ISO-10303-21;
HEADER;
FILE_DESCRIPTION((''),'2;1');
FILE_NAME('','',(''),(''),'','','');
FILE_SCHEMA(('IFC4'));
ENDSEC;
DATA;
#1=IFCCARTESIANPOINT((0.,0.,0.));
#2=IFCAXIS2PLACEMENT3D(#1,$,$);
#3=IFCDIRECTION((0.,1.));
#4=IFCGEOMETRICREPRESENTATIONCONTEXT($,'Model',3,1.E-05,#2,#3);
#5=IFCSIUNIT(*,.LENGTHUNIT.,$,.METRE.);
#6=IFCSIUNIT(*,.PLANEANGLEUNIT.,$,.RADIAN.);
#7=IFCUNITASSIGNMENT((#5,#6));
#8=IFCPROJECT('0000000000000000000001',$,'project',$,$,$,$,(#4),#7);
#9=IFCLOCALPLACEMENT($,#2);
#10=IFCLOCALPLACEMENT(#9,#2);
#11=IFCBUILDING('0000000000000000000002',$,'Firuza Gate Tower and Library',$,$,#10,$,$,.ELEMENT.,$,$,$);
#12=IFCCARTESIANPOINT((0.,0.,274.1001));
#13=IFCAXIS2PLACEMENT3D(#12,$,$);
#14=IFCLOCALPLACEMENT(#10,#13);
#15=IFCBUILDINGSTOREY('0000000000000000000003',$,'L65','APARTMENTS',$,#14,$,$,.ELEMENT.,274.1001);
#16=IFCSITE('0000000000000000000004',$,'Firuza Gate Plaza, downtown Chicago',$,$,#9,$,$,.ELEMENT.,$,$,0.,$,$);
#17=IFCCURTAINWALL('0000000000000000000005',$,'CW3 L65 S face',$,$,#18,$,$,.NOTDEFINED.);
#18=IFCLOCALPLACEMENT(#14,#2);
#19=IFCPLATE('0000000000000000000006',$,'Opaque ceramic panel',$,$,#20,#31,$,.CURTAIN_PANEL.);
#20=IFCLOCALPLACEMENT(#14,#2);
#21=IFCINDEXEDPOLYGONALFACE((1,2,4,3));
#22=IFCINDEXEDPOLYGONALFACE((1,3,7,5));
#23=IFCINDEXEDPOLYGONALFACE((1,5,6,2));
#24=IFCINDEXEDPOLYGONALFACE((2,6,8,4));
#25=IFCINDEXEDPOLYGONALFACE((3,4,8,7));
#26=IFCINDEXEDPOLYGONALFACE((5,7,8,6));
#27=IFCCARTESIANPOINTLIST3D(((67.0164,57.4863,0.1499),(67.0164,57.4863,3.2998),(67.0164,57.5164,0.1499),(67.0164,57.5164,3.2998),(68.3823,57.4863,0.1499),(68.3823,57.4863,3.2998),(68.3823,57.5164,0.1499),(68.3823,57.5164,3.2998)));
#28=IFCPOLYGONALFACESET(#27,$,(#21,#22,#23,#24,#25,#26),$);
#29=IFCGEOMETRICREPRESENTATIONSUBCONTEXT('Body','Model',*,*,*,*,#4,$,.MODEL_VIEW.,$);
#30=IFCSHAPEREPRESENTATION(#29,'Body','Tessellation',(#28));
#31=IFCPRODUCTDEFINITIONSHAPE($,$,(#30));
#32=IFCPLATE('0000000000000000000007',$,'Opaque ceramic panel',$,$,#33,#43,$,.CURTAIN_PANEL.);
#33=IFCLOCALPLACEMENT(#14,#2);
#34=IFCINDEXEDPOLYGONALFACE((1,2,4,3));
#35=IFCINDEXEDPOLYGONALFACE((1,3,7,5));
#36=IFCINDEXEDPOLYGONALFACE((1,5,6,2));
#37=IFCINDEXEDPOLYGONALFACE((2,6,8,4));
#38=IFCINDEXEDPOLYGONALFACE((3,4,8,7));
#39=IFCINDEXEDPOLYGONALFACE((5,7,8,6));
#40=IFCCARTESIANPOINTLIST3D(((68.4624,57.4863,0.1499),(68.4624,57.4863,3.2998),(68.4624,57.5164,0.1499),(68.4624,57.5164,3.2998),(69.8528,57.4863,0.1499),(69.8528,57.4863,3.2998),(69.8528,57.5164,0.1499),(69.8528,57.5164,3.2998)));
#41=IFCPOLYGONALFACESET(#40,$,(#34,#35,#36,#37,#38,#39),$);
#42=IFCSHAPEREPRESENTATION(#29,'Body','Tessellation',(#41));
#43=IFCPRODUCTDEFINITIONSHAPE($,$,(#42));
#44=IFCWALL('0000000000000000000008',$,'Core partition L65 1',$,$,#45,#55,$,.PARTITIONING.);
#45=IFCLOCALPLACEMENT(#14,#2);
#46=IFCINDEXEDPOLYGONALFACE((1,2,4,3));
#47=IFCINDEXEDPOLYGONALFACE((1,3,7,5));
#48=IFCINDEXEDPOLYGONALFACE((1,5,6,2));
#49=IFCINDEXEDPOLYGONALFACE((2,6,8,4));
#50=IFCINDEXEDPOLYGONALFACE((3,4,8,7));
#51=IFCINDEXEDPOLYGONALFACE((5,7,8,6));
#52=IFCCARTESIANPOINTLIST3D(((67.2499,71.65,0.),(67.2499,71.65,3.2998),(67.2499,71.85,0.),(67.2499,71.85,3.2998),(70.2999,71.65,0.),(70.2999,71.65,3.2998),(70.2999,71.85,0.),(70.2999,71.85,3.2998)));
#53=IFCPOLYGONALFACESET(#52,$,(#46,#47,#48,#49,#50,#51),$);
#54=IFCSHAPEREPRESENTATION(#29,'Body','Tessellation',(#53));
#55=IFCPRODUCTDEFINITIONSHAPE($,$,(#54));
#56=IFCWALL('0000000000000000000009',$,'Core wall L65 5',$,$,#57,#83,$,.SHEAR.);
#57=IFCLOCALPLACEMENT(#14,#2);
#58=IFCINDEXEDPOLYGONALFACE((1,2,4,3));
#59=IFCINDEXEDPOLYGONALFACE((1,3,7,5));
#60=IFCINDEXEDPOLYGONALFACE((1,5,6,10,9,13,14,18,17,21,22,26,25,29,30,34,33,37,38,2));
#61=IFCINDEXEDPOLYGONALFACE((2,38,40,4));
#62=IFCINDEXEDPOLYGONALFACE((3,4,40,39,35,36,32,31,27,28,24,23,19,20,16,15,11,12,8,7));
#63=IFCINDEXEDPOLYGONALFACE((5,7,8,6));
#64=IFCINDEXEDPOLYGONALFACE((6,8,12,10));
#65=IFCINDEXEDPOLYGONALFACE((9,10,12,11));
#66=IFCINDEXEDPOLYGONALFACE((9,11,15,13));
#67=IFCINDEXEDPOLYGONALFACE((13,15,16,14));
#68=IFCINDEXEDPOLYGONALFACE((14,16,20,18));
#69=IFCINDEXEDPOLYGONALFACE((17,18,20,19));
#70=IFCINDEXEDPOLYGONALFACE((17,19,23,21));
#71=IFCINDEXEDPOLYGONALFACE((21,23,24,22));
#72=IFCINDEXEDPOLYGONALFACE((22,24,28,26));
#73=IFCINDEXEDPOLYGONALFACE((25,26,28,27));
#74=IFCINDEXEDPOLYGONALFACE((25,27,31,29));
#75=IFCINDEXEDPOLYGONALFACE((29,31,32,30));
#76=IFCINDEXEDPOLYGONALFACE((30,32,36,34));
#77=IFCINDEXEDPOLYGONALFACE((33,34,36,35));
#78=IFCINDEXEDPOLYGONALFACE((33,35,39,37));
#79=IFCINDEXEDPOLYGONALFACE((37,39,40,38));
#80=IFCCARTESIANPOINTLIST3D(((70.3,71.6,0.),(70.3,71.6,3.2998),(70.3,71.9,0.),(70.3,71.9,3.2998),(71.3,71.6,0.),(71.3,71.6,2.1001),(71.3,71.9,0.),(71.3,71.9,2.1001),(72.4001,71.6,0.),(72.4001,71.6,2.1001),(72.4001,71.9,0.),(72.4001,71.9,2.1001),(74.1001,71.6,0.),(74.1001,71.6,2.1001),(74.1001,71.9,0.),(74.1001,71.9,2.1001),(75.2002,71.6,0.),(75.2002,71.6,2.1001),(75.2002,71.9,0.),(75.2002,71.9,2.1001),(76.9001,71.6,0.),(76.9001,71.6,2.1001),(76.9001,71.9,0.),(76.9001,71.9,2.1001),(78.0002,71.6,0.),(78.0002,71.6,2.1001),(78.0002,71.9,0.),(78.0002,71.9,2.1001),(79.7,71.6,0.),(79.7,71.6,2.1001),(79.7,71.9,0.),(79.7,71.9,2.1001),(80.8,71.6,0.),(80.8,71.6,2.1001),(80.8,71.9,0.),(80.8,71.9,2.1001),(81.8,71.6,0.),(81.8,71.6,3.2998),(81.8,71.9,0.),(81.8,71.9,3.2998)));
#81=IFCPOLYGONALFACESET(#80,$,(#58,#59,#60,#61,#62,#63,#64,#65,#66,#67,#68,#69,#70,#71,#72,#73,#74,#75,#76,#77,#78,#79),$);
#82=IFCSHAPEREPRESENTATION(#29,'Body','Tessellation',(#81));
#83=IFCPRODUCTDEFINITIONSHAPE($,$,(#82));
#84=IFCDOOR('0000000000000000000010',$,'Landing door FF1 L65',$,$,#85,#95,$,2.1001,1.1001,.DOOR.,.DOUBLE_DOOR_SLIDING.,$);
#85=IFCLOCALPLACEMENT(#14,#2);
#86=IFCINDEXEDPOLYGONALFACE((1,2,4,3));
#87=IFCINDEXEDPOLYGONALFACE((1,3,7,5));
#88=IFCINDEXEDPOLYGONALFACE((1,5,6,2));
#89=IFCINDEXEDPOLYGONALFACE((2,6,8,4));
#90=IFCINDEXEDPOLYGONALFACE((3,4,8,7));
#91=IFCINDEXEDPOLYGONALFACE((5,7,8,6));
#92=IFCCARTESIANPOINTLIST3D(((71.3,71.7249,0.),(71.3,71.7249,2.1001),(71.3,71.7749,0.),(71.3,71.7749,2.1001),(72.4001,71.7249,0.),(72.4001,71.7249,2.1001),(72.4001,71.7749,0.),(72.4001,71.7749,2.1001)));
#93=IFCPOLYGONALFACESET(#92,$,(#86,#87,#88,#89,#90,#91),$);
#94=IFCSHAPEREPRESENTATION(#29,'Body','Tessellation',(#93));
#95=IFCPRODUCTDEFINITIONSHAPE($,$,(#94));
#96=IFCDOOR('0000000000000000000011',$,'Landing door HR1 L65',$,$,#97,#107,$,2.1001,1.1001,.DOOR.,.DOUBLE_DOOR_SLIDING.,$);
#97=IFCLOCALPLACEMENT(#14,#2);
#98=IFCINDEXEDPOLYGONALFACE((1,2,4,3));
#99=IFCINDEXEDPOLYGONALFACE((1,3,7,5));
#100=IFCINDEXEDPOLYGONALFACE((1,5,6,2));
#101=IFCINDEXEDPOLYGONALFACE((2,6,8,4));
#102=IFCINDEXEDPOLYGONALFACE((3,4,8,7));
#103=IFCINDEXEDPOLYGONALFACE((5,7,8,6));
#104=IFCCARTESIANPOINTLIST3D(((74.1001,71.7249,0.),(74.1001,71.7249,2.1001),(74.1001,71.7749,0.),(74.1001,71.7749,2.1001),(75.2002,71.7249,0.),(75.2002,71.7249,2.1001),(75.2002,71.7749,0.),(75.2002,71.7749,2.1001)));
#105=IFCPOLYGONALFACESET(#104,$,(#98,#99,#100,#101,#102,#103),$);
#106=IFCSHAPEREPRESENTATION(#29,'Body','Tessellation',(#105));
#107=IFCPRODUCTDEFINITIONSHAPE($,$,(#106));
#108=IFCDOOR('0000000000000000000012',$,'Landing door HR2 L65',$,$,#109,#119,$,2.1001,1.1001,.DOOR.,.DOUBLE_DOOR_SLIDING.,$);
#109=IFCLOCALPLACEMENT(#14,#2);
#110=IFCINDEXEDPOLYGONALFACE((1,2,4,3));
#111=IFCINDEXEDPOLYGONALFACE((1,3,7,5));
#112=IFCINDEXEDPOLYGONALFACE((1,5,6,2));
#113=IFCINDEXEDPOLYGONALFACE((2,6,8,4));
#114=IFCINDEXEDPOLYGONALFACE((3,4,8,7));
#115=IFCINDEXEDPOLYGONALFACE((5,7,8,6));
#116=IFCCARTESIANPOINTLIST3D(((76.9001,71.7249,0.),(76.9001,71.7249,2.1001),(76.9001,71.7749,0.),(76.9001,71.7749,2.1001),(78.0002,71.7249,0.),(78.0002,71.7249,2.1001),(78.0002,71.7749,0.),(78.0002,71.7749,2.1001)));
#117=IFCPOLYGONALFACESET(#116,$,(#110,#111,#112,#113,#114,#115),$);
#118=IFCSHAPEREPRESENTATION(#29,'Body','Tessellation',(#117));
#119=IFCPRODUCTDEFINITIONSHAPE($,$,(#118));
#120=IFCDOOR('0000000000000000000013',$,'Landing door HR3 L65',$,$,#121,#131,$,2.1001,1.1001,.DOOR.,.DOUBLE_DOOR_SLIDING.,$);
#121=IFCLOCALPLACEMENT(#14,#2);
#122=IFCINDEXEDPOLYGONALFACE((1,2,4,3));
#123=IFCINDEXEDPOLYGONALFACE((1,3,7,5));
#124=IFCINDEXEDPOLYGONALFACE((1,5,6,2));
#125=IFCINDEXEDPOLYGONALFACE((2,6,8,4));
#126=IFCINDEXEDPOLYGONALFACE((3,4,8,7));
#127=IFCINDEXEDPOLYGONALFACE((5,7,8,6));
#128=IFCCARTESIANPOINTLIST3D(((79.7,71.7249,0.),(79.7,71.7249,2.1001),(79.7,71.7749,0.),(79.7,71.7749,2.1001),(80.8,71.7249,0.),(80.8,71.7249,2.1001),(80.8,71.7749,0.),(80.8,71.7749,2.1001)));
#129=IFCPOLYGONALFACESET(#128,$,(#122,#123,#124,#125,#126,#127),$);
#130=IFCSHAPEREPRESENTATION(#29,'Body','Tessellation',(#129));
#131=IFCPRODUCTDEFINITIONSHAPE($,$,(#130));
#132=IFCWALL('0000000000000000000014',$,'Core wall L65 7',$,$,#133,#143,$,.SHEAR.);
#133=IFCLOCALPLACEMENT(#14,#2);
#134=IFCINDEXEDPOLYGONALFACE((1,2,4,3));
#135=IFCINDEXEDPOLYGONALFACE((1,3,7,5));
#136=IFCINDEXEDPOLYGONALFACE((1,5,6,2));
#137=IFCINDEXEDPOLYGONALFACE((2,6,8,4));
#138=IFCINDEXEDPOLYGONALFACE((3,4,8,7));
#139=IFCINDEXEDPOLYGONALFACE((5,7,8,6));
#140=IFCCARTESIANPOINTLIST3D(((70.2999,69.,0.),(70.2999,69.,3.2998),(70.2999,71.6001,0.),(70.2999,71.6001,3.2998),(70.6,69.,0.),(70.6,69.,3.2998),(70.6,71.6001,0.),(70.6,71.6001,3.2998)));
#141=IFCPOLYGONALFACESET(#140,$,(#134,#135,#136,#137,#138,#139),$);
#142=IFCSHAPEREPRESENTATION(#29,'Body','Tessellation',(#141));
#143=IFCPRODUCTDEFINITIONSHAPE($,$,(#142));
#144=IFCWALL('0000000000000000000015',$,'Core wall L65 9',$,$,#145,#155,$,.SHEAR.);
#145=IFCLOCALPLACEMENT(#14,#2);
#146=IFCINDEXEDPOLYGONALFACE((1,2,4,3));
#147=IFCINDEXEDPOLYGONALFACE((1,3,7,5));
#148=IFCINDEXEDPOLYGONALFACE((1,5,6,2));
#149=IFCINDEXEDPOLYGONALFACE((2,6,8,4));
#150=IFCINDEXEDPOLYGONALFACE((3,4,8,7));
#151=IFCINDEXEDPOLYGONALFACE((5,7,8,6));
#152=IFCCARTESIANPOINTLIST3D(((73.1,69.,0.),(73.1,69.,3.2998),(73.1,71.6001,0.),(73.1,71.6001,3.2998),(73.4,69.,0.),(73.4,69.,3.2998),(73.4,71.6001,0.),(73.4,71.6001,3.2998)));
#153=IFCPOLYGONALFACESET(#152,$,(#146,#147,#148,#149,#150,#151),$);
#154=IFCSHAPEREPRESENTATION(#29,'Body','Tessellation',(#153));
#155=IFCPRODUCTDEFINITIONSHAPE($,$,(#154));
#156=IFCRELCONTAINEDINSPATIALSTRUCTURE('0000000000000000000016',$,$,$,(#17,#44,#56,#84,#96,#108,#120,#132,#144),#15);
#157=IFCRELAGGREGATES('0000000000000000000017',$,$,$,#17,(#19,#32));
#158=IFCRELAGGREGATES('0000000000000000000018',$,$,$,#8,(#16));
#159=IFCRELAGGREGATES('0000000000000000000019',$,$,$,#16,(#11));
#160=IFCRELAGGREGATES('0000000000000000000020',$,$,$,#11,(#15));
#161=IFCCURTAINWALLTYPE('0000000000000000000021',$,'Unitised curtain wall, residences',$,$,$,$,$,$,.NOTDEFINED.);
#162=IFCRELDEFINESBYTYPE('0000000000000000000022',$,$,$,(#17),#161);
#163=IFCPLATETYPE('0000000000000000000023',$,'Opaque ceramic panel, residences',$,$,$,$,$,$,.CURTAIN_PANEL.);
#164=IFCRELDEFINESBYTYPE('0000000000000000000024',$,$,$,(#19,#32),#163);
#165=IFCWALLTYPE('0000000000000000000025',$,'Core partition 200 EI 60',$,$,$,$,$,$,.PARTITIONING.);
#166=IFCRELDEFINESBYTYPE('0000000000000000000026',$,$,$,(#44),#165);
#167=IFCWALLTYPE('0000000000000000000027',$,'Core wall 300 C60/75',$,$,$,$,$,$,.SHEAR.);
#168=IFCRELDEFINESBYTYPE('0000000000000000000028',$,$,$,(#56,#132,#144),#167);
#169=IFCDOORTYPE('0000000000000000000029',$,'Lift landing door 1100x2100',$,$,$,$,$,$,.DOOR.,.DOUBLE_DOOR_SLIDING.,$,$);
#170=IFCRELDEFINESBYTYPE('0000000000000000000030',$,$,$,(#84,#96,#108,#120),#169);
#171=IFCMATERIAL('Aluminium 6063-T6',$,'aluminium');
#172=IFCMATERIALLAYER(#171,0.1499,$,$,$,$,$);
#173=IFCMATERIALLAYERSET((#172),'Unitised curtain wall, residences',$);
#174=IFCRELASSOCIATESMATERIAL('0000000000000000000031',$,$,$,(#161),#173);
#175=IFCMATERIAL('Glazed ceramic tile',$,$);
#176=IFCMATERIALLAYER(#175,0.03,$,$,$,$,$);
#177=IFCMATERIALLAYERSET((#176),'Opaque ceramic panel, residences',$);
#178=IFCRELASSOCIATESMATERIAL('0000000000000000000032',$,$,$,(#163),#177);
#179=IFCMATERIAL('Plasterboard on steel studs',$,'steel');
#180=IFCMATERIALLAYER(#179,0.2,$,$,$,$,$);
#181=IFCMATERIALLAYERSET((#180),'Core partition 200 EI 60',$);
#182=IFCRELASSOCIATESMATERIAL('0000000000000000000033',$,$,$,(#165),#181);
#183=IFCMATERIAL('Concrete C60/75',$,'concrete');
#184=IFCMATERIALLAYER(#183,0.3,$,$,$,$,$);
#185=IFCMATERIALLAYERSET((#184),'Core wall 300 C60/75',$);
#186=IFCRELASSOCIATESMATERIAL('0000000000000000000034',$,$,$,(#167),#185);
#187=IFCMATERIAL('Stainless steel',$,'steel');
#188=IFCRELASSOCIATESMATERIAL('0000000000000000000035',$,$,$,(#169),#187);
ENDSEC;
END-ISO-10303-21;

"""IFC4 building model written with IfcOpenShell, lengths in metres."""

from ifc_helpers import new_model, si_unit, direction, frame, frame_2d, origin, place, context, subcontext, project, spatial, polyline, rectangle, outline, extrude, material, layer, layer_set, type_object, element, fill, aggregate, save


model = new_model("IFC4")

# Units and contexts
model_context = context("Model", 3, precision=1e-05, world=origin(), true_north=direction((0.0, 1.0)))
body_context = subcontext(model_context, "Body", "Model", "MODEL_VIEW")
ifc_project = project(units=[si_unit("LENGTHUNIT", "METRE"), si_unit("PLANEANGLEUNIT", "RADIAN")], contexts=[model_context])

# Site, building, storey
site_placement = place(None, origin())
site = spatial("IfcSite", under=ifc_project, at=site_placement, Name="Firuza Gate Plaza, downtown Chicago", CompositionType="ELEMENT", RefElevation=0.0)
building_placement = place(site_placement, origin())
building = spatial("IfcBuilding", under=site, at=building_placement, Name="Firuza Gate Tower and Library", CompositionType="ELEMENT")
storey_placement = place(building_placement, frame((0.0, 0.0, 274.1001)))
storey = spatial("IfcBuildingStorey", under=building, at=storey_placement, Name="L65", Description="APARTMENTS", CompositionType="ELEMENT", Elevation=274.1001)

# Curtain wall
ifc_material_1 = material(Name="Aluminium 6063-T6", Category="aluminium")
ifc_layer_1 = layer(ifc_material_1, 0.1499)
ifc_layer_set_1 = layer_set([ifc_layer_1], Name="Unitised curtain wall, residences")
curtain_wall_type = type_object("IfcCurtainWallType", Name="Unitised curtain wall, residences", PredefinedType="NOTDEFINED", material=ifc_layer_set_1)
curtain_wall_placement = place(storey_placement, origin())
curtain_wall = element("IfcCurtainWall", 1, at=curtain_wall_placement, inside=storey, type_object=curtain_wall_type, Name="CW3 L65 S face", PredefinedType="NOTDEFINED")

# Plates
ifc_material_2 = material(Name="Glazed ceramic tile")
ifc_layer_2 = layer(ifc_material_2, 0.03)
ifc_layer_set_2 = layer_set([ifc_layer_2], Name="Opaque ceramic panel, residences")
plate_type_1 = type_object("IfcPlateType", Name="Opaque ceramic panel, residences", PredefinedType="CURTAIN_PANEL", material=ifc_layer_set_2)
plate_1_placement = place(storey_placement, frame((67.0164, 57.4863, 0.1499), z_axis=(0.0, -1.0, 0.0), x_axis=(1.0, 0.0, 0.0)))
plate_1 = element("IfcPlate", 2, at=plate_1_placement, type_object=plate_type_1, Name="Opaque ceramic panel", PredefinedType="CURTAIN_PANEL", context=body_context, shape_type="SweptSolid", body=[
    extrude(outline(polyline([(0.0, 0.0), (1.366, 0.0), (1.366, 3.1499), (0.0, 3.1499), (0.0, 0.0)])), origin(), (0.0, 0.0, -1.0), 0.03),
])
plate_2_placement = place(storey_placement, frame((68.4624, 57.4863, 0.1499), z_axis=(0.0, -1.0, 0.0), x_axis=(1.0, 0.0, 0.0)))
plate_2 = element("IfcPlate", 3, at=plate_2_placement, type_object=plate_type_1, Name="Opaque ceramic panel", PredefinedType="CURTAIN_PANEL", context=body_context, shape_type="SweptSolid", body=[
    extrude(outline(polyline([(0.0, 0.0), (1.3904, 0.0), (1.3904, 3.1499), (0.0, 3.1499), (0.0, 0.0)])), origin(), (0.0, 0.0, -1.0), 0.03),
])
aggregate(curtain_wall, [plate_1, plate_2])

# Wall
ifc_material_3 = material(Name="Plasterboard on steel studs", Category="steel")
ifc_layer_3 = layer(ifc_material_3, 0.2)
ifc_layer_set_3 = layer_set([ifc_layer_3], Name="Core partition 200 EI 60")
wall_type_1 = type_object("IfcWallType", Name="Core partition 200 EI 60", PredefinedType="PARTITIONING", material=ifc_layer_set_3)
wall_1_placement = place(storey_placement, frame((67.25, 71.75, 0.0), z_axis=(0.0, 0.0, 1.0), x_axis=(1.0, 0.0, 0.0)))
element("IfcWall", 4, at=wall_1_placement, inside=storey, type_object=wall_type_1, Name="Core partition L65 1", PredefinedType="PARTITIONING", context=body_context, shape_type="SweptSolid", body=[
    extrude(rectangle(XDim=3.05, YDim=0.2, at=frame_2d((1.5249, 0.0))), origin(), (0.0, 0.0, 1.0), 3.2998),
])

# Wall, openings, doors
ifc_material_4 = material(Name="Concrete C60/75", Category="concrete")
ifc_layer_4 = layer(ifc_material_4, 0.3)
ifc_layer_set_4 = layer_set([ifc_layer_4], Name="Core wall 300 C60/75")
wall_type_2 = type_object("IfcWallType", Name="Core wall 300 C60/75", PredefinedType="SHEAR", material=ifc_layer_set_4)
wall_2_placement = place(storey_placement, frame((70.3, 71.75, 0.0), z_axis=(0.0, 0.0, 1.0), x_axis=(1.0, 0.0, 0.0)))
wall_2 = element("IfcWall", 5, at=wall_2_placement, inside=storey, type_object=wall_type_2, Name="Core wall L65 5", PredefinedType="SHEAR", context=body_context, shape_type="SweptSolid", body=[
    extrude(rectangle(XDim=11.5, YDim=0.3, at=frame_2d((5.75, 0.0))), origin(), (0.0, 0.0, 1.0), 3.2998),
])
opening_1_placement = place(wall_2_placement, frame((1.0, 0.0, 0.0)))
opening_1 = element("IfcOpeningElement", 6, at=opening_1_placement, cuts=wall_2, PredefinedType="OPENING", context=body_context, shape_type="SweptSolid", body=[
    extrude(rectangle(XDim=1.1001, YDim=2.1001, at=frame_2d((0.55, 1.05))), frame((0.0, 0.1602, 0.0), z_axis=(0.0, -1.0, 0.0), x_axis=(1.0, 0.0, 0.0)), (0.0, 0.0, 1.0), 0.3201),
])
opening_2_placement = place(wall_2_placement, frame((3.8, 0.0, 0.0)))
opening_2 = element("IfcOpeningElement", 7, at=opening_2_placement, cuts=wall_2, PredefinedType="OPENING", context=body_context, shape_type="SweptSolid", body=[
    extrude(rectangle(XDim=1.1001, YDim=2.1001, at=frame_2d((0.55, 1.05))), frame((0.0, 0.1602, 0.0), z_axis=(0.0, -1.0, 0.0), x_axis=(1.0, 0.0, 0.0)), (0.0, 0.0, 1.0), 0.3201),
])
opening_3_placement = place(wall_2_placement, frame((6.6001, 0.0, 0.0)))
opening_3 = element("IfcOpeningElement", 8, at=opening_3_placement, cuts=wall_2, PredefinedType="OPENING", context=body_context, shape_type="SweptSolid", body=[
    extrude(rectangle(XDim=1.1001, YDim=2.1001, at=frame_2d((0.55, 1.05))), frame((0.0, 0.1602, 0.0), z_axis=(0.0, -1.0, 0.0), x_axis=(1.0, 0.0, 0.0)), (0.0, 0.0, 1.0), 0.3201),
])
opening_4_placement = place(wall_2_placement, frame((9.3999, 0.0, 0.0)))
opening_4 = element("IfcOpeningElement", 9, at=opening_4_placement, cuts=wall_2, PredefinedType="OPENING", context=body_context, shape_type="SweptSolid", body=[
    extrude(rectangle(XDim=1.1001, YDim=2.1001, at=frame_2d((0.55, 1.05))), frame((0.0, 0.1602, 0.0), z_axis=(0.0, -1.0, 0.0), x_axis=(1.0, 0.0, 0.0)), (0.0, 0.0, 1.0), 0.3201),
])
ifc_material_5 = material(Name="Stainless steel", Category="steel")
door_type_1 = type_object("IfcDoorType", Name="Lift landing door 1100x2100", OperationType="DOUBLE_DOOR_SLIDING", PredefinedType="DOOR", material=ifc_material_5)
door_1_placement = place(opening_1_placement, origin())
door_1 = element("IfcDoor", 10, at=door_1_placement, inside=storey, type_object=door_type_1, Name="Landing door FF1 L65", OperationType="DOUBLE_DOOR_SLIDING", OverallHeight=2.1001, OverallWidth=1.1001, PredefinedType="DOOR", context=body_context, shape_type="SweptSolid", body=[
    extrude(rectangle(XDim=1.1001, YDim=2.1001, at=frame_2d((0.55, 1.05))), frame((0.0, 0.0249, 0.0), z_axis=(0.0, -1.0, 0.0), x_axis=(1.0, 0.0, 0.0)), (0.0, 0.0, 1.0), 0.05),
])
fill(opening_1, door_1)
door_2_placement = place(opening_2_placement, origin())
door_2 = element("IfcDoor", 11, at=door_2_placement, inside=storey, type_object=door_type_1, Name="Landing door HR1 L65", OperationType="DOUBLE_DOOR_SLIDING", OverallHeight=2.1001, OverallWidth=1.1001, PredefinedType="DOOR", context=body_context, shape_type="SweptSolid", body=[
    extrude(rectangle(XDim=1.1001, YDim=2.1001, at=frame_2d((0.55, 1.05))), frame((0.0, 0.0249, 0.0), z_axis=(0.0, -1.0, 0.0), x_axis=(1.0, 0.0, 0.0)), (0.0, 0.0, 1.0), 0.05),
])
fill(opening_2, door_2)
door_3_placement = place(opening_3_placement, origin())
door_3 = element("IfcDoor", 12, at=door_3_placement, inside=storey, type_object=door_type_1, Name="Landing door HR2 L65", OperationType="DOUBLE_DOOR_SLIDING", OverallHeight=2.1001, OverallWidth=1.1001, PredefinedType="DOOR", context=body_context, shape_type="SweptSolid", body=[
    extrude(rectangle(XDim=1.1001, YDim=2.1001, at=frame_2d((0.55, 1.05))), frame((0.0, 0.0249, 0.0), z_axis=(0.0, -1.0, 0.0), x_axis=(1.0, 0.0, 0.0)), (0.0, 0.0, 1.0), 0.05),
])
fill(opening_3, door_3)
door_4_placement = place(opening_4_placement, origin())
door_4 = element("IfcDoor", 13, at=door_4_placement, inside=storey, type_object=door_type_1, Name="Landing door HR3 L65", OperationType="DOUBLE_DOOR_SLIDING", OverallHeight=2.1001, OverallWidth=1.1001, PredefinedType="DOOR", context=body_context, shape_type="SweptSolid", body=[
    extrude(rectangle(XDim=1.1001, YDim=2.1001, at=frame_2d((0.55, 1.05))), frame((0.0, 0.0249, 0.0), z_axis=(0.0, -1.0, 0.0), x_axis=(1.0, 0.0, 0.0)), (0.0, 0.0, 1.0), 0.05),
])
fill(opening_4, door_4)

# Walls
for number, where, z_axis, x_axis, name in (
    (14, (70.45, 69.0, 0.0), (0.0, 0.0, 1.0), (0.0, 1.0, 0.0), "Core wall L65 7"),
    (15, (73.25, 69.0, 0.0), (0.0, 0.0, 1.0), (0.0, 1.0, 0.0), "Core wall L65 9"),
):
    element("IfcWall", number, at=place(storey_placement, frame(where, z_axis=z_axis, x_axis=x_axis)), inside=storey, type_object=wall_type_2, Name=name, PredefinedType="SHEAR", context=body_context, shape_type="SweptSolid", body=[
        extrude(rectangle(XDim=2.6001, YDim=0.3, at=frame_2d((1.3, 0.0))), origin(), (0.0, 0.0, 1.0), 3.2998),
    ])

save(model, "model.ifc")
